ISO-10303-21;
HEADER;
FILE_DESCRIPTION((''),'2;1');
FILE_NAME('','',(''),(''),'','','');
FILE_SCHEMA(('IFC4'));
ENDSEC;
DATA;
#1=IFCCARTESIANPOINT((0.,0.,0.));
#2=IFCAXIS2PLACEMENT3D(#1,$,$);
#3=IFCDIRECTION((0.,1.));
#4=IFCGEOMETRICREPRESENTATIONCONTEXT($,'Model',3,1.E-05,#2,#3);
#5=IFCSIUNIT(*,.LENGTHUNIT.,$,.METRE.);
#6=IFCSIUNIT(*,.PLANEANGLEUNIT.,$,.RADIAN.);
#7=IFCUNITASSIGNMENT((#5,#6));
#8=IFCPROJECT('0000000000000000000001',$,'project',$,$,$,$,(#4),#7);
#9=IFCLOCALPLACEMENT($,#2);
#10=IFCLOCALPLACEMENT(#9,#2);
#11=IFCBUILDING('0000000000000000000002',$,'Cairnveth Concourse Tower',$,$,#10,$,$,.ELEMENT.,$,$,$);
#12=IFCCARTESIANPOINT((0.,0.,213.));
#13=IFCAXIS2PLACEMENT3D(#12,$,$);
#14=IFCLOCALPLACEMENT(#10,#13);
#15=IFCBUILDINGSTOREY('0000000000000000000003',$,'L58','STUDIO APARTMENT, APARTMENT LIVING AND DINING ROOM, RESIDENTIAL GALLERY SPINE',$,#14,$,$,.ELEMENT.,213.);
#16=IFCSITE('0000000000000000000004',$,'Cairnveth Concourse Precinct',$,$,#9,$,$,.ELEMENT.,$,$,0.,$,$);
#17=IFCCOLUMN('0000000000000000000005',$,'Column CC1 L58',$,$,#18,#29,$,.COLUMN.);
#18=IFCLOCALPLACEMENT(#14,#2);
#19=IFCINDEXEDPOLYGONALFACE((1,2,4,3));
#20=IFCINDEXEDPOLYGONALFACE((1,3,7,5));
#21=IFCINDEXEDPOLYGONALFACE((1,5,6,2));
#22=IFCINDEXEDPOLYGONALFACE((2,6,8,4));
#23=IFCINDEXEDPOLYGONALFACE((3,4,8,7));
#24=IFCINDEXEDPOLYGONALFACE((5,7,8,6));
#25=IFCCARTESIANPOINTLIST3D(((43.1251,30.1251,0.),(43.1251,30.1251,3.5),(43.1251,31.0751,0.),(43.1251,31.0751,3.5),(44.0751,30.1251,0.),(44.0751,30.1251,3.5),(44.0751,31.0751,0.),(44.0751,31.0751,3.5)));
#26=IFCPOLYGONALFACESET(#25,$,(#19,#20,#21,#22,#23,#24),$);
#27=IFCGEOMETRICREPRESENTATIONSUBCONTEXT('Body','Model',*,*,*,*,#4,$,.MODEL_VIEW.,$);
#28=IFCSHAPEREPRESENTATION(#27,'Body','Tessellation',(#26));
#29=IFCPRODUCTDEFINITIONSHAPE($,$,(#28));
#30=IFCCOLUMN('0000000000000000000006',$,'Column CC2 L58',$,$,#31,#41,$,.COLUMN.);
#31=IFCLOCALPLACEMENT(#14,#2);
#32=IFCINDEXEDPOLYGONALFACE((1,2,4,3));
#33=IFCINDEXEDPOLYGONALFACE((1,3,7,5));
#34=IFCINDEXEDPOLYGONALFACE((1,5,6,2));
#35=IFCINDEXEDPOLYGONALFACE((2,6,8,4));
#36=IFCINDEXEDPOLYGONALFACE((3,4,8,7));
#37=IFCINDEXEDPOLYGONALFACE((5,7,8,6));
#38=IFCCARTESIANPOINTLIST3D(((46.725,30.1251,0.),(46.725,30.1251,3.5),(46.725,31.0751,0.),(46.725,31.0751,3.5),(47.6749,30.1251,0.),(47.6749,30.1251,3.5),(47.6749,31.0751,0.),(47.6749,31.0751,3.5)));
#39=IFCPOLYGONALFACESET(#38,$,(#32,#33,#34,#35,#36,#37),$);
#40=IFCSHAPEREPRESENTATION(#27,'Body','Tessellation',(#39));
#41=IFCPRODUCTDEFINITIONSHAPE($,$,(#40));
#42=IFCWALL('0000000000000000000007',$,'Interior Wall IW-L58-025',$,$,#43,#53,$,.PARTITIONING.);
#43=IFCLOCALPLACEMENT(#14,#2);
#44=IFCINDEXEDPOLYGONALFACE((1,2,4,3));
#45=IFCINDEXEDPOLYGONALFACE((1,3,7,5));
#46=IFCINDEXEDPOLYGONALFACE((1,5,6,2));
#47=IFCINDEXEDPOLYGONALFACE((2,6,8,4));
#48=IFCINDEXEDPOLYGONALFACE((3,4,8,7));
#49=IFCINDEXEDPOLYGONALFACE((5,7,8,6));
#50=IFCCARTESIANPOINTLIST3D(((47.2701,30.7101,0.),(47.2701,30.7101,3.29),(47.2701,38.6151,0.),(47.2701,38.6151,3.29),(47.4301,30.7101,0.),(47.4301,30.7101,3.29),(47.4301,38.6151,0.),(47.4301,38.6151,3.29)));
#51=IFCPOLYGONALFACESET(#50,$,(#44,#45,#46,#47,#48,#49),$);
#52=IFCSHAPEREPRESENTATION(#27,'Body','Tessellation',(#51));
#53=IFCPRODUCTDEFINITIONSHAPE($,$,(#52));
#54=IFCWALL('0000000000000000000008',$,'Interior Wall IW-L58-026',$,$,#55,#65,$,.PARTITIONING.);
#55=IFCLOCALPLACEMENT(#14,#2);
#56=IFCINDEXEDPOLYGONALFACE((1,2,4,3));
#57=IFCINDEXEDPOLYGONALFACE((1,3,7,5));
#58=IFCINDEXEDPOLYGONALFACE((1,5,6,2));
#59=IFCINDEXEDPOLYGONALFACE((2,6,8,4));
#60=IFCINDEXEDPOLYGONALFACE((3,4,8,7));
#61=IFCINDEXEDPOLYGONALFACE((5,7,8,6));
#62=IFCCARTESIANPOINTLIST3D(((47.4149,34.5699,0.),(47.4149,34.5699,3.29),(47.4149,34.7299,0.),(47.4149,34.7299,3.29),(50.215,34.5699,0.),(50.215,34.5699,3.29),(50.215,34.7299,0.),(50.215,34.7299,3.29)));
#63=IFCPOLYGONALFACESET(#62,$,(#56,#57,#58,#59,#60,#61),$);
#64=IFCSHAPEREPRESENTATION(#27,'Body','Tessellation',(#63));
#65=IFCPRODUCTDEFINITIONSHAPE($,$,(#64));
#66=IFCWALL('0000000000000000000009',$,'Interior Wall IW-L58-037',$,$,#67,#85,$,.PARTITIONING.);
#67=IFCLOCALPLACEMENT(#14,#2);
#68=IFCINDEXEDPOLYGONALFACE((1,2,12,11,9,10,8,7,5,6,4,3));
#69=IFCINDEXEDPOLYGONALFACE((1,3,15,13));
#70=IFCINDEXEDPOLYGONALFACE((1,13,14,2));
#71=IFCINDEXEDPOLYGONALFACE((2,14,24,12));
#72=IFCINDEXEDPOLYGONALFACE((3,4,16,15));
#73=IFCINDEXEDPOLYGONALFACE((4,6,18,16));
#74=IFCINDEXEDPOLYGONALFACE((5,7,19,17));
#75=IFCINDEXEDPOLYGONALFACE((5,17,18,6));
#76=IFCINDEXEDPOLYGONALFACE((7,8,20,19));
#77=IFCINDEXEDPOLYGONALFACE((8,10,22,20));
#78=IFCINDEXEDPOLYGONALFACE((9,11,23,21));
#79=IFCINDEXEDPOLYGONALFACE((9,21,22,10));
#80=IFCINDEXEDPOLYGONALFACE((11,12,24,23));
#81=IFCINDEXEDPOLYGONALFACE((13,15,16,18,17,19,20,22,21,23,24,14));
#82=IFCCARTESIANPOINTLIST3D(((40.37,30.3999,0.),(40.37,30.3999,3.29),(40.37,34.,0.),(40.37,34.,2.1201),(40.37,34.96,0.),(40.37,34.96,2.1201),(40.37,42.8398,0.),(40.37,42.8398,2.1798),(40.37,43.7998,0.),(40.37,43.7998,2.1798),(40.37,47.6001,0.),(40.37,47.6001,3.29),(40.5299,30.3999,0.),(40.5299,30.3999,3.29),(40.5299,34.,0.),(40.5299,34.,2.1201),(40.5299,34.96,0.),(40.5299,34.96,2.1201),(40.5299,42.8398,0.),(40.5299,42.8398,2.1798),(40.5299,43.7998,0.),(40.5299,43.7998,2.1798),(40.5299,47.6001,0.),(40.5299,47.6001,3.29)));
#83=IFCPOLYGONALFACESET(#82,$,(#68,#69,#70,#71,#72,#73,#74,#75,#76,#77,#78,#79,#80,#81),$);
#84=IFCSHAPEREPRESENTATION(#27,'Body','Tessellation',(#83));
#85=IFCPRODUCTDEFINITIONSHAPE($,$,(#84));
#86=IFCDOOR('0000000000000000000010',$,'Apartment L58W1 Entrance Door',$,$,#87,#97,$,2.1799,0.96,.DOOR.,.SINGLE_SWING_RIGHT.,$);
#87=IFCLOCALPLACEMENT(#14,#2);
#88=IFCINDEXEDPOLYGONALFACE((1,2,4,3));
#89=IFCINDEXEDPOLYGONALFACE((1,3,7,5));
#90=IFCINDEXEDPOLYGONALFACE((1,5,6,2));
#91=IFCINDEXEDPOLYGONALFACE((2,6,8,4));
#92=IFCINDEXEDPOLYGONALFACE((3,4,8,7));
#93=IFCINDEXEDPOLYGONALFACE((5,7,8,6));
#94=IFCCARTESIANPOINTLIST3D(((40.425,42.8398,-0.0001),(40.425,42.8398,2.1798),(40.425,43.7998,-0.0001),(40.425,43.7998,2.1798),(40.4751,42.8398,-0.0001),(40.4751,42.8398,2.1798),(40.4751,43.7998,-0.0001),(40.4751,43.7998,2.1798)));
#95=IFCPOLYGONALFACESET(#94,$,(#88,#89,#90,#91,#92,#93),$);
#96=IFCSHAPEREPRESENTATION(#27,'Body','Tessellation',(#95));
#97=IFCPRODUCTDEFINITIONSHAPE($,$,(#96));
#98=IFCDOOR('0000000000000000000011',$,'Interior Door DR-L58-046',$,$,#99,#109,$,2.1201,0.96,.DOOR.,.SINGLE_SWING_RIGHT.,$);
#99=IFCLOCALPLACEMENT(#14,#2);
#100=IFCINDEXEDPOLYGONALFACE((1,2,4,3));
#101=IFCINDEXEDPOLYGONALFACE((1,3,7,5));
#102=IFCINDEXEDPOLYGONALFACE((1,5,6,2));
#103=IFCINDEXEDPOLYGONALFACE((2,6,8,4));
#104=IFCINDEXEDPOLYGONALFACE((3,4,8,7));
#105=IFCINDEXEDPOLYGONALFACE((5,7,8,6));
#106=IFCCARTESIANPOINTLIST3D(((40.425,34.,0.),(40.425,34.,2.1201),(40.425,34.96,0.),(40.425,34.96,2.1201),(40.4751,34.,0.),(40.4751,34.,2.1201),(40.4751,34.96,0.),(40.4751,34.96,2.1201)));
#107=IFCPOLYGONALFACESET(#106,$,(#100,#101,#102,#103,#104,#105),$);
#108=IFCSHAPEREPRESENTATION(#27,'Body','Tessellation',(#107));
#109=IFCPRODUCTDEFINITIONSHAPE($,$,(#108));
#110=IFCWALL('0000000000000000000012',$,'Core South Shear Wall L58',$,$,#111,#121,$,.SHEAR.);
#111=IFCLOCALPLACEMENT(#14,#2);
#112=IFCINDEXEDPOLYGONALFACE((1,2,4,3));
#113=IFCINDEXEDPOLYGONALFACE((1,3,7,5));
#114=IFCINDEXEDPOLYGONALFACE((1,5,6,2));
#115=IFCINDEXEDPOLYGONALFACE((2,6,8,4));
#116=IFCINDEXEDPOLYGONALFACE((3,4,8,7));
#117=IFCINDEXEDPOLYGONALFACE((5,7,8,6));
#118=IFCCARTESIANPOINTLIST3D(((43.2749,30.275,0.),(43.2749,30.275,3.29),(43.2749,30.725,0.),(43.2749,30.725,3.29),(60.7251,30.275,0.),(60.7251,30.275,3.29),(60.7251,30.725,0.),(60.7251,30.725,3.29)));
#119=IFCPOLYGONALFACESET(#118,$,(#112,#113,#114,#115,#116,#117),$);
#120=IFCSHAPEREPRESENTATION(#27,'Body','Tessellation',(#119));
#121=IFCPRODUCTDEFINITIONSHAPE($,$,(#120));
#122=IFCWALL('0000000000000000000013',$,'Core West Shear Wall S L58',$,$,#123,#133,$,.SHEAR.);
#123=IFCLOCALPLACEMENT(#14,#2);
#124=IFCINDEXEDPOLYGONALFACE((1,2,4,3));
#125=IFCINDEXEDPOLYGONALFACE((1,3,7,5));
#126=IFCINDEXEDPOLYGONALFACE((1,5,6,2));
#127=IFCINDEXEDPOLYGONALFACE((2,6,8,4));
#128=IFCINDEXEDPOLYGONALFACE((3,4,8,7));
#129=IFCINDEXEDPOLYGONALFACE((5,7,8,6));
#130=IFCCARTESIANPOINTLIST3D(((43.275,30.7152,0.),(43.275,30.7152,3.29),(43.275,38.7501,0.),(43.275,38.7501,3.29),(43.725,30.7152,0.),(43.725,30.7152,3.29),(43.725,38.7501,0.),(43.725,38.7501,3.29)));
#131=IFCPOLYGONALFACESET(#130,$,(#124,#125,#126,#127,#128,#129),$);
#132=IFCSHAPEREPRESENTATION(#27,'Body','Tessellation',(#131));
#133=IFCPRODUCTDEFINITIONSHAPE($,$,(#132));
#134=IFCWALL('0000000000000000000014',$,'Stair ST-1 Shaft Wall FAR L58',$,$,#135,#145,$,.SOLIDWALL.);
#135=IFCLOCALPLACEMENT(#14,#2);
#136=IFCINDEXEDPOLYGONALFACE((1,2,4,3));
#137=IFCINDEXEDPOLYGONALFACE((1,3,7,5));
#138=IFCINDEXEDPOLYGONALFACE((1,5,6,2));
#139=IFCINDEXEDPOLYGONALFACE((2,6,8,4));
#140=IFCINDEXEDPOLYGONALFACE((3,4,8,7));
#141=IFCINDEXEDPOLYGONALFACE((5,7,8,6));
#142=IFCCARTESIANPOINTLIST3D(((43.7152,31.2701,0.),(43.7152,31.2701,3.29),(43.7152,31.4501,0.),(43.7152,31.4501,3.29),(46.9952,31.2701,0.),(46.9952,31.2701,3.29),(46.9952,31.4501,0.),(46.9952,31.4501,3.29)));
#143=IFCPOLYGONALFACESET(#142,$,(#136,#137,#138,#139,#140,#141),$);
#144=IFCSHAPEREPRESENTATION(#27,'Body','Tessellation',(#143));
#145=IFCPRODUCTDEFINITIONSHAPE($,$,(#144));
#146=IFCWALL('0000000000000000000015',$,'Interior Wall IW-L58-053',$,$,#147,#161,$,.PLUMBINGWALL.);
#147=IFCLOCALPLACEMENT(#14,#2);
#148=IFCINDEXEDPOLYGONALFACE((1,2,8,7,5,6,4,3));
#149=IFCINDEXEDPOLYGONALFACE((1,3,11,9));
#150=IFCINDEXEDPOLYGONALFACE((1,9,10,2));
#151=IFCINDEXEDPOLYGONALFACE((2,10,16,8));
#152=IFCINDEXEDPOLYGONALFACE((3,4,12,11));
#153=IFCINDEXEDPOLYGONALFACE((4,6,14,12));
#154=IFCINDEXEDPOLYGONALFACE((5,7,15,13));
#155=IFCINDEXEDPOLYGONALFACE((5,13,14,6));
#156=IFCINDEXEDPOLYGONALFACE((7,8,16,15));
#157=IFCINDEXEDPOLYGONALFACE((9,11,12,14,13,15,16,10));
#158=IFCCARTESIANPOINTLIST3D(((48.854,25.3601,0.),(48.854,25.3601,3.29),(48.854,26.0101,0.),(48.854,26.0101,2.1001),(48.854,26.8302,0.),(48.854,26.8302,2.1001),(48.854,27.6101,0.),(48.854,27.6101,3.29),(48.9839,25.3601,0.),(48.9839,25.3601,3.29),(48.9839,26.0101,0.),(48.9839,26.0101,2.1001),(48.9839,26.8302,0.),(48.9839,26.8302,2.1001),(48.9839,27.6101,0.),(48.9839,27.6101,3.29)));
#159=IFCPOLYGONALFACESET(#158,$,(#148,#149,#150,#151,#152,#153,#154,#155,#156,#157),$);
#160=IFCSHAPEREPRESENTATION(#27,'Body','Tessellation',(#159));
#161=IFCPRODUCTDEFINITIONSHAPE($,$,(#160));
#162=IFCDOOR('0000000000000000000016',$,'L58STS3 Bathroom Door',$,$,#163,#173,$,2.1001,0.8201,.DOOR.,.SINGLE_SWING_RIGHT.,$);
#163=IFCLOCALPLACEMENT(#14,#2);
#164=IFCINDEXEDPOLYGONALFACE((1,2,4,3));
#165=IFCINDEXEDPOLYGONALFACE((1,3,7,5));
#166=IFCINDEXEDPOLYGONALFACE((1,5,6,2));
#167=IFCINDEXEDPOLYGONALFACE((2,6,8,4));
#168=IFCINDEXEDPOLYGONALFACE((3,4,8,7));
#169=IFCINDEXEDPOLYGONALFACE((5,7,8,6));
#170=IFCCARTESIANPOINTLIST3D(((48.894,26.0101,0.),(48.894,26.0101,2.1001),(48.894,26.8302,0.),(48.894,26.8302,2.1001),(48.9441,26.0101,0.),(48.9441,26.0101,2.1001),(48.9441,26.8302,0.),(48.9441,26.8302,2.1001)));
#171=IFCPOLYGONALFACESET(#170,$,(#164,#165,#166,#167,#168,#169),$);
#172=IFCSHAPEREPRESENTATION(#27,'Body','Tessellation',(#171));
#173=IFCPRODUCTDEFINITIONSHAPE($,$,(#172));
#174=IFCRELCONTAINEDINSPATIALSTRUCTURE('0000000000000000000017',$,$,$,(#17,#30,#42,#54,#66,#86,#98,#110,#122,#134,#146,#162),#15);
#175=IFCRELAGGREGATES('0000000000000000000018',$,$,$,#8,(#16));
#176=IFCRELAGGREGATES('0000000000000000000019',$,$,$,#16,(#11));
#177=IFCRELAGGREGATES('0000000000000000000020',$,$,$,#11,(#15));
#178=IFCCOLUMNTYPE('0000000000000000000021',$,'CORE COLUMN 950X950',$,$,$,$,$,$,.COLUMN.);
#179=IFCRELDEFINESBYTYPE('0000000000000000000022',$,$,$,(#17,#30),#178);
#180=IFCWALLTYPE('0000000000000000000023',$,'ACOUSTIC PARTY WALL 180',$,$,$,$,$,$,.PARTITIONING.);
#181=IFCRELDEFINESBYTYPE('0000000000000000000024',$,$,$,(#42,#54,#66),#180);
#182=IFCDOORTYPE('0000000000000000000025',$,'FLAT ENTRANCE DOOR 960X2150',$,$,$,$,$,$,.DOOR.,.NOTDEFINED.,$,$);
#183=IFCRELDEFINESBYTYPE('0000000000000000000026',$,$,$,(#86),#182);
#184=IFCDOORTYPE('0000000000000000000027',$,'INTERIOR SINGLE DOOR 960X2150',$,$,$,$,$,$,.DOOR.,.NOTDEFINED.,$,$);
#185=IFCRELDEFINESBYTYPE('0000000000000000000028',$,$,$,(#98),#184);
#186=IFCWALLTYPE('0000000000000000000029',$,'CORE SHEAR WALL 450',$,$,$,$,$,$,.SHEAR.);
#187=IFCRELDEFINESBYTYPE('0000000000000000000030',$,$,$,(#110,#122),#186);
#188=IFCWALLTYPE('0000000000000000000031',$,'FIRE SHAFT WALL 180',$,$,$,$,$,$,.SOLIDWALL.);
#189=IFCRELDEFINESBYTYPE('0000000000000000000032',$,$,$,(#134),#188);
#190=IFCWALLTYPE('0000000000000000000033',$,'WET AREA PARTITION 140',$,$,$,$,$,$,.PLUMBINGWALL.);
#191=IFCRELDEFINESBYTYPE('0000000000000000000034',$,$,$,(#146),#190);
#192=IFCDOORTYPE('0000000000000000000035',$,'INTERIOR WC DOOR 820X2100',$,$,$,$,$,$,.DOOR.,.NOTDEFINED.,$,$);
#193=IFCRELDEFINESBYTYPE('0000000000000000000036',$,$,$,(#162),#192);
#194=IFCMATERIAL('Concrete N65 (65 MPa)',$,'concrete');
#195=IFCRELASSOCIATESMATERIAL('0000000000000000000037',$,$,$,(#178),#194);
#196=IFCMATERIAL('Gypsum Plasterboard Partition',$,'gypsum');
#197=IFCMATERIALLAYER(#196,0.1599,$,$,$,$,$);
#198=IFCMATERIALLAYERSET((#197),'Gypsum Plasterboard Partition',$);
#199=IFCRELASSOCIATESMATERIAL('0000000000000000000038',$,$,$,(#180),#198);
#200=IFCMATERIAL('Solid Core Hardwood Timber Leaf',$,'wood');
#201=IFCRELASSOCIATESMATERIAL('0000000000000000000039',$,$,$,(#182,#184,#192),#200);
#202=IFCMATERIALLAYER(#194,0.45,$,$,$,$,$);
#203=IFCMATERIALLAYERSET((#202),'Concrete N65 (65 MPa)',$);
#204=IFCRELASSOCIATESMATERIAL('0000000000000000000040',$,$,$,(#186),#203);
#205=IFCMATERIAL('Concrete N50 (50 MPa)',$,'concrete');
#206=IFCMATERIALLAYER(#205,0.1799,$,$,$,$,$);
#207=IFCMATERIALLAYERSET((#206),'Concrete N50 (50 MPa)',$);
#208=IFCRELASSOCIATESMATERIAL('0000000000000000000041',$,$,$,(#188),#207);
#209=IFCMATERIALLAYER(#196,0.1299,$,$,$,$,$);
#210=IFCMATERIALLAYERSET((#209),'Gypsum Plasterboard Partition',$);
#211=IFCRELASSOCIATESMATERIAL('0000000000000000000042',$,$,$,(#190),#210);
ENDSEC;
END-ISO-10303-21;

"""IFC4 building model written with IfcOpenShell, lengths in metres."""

from ifc_helpers import new_model, si_unit, direction, frame, frame_2d, origin, origin_2d, place, context, subcontext, project, spatial, rectangle, extrude, material, layer, layer_set, material_profile, profile_set, type_object, element, fill, save


model = new_model("IFC4")

# Units and contexts
model_context = context("Model", 3, precision=1e-05, world=origin(), true_north=direction((0.0, 1.0)))
body_context = subcontext(model_context, "Body", "Model", "MODEL_VIEW")
ifc_project = project(units=[si_unit("LENGTHUNIT", "METRE"), si_unit("PLANEANGLEUNIT", "RADIAN")], contexts=[model_context])

# Site, building, storey
site_placement = place(None, origin())
site = spatial("IfcSite", under=ifc_project, at=site_placement, Name="Cairnveth Concourse Precinct", CompositionType="ELEMENT", RefElevation=0.0)
building_placement = place(site_placement, origin())
building = spatial("IfcBuilding", under=site, at=building_placement, Name="Cairnveth Concourse Tower", CompositionType="ELEMENT")
storey_placement = place(building_placement, frame((0.0, 0.0, 213.0)))
storey = spatial("IfcBuildingStorey", under=building, at=storey_placement, Name="L58", Description="STUDIO APARTMENT, APARTMENT LIVING AND DINING ROOM, RESIDENTIAL GALLERY SPINE", CompositionType="ELEMENT", Elevation=213.0)

# Columns
ifc_material_1 = material(Name="Concrete N65 (65 MPa)", Category="concrete")
ifc_material_profile = material_profile(ifc_material_1, rectangle(XDim=0.95, YDim=0.95, at=origin_2d()), Name="RC-COL-950x950")
ifc_profile_set = profile_set([ifc_material_profile], Name="Concrete N65 (65 MPa)")
column_type = type_object("IfcColumnType", Name="CORE COLUMN 950X950", PredefinedType="COLUMN", material=ifc_profile_set)
for number, where, z_axis, x_axis, name in (
    (1, (43.6001, 30.6001, 0.0), (0.0, 0.0, 1.0), (1.0, 0.0, 0.0), "Column CC1 L58"),
    (2, (47.2, 30.6001, 0.0), (0.0, 0.0, 1.0), (1.0, 0.0, 0.0), "Column CC2 L58"),
):
    element("IfcColumn", number, at=place(storey_placement, frame(where, z_axis=z_axis, x_axis=x_axis)), inside=storey, type_object=column_type, Name=name, PredefinedType="COLUMN", context=body_context, shape_type="SweptSolid", body=[
        extrude(rectangle(XDim=0.95, YDim=0.95, at=origin_2d()), origin(), (0.0, 0.0, 1.0), 3.5),
    ])

# Walls
ifc_material_2 = material(Name="Gypsum Plasterboard Partition", Category="gypsum")
ifc_layer_1 = layer(ifc_material_2, 0.1599)
ifc_layer_set_1 = layer_set([ifc_layer_1], Name="Gypsum Plasterboard Partition")
wall_type_1 = type_object("IfcWallType", Name="ACOUSTIC PARTY WALL 180", PredefinedType="PARTITIONING", material=ifc_layer_set_1)
wall_1_placement = place(storey_placement, frame((47.3501, 30.71, 0.0), z_axis=(0.0, 0.0, 1.0), x_axis=(0.0, 1.0, 0.0)))
element("IfcWall", 3, at=wall_1_placement, inside=storey, type_object=wall_type_1, Name="Interior Wall IW-L58-025", PredefinedType="PARTITIONING", context=body_context, shape_type="SweptSolid", body=[
    extrude(rectangle(XDim=7.905, YDim=0.1599, at=frame_2d((3.9526, 0.0))), origin(), (0.0, 0.0, 1.0), 3.29),
])
wall_2_placement = place(storey_placement, frame((47.415, 34.6499, 0.0), z_axis=(0.0, 0.0, 1.0), x_axis=(1.0, 0.0, 0.0)))
element("IfcWall", 4, at=wall_2_placement, inside=storey, type_object=wall_type_1, Name="Interior Wall IW-L58-026", PredefinedType="PARTITIONING", context=body_context, shape_type="SweptSolid", body=[
    extrude(rectangle(XDim=2.8, YDim=0.1599, at=frame_2d((1.3999, 0.0))), origin(), (0.0, 0.0, 1.0), 3.29),
])

# Wall, openings, doors
wall_3_placement = place(storey_placement, frame((40.45, 30.3999, 0.0), z_axis=(0.0, 0.0, 1.0), x_axis=(0.0, 1.0, 0.0)))
wall_3 = element("IfcWall", 5, at=wall_3_placement, inside=storey, type_object=wall_type_1, Name="Interior Wall IW-L58-037", PredefinedType="PARTITIONING", context=body_context, shape_type="SweptSolid", body=[
    extrude(rectangle(XDim=17.2002, YDim=0.1599, at=frame_2d((8.6001, 0.0))), origin(), (0.0, 0.0, 1.0), 3.29),
])
opening_1_placement = place(wall_3_placement, frame((3.6001, 0.0, 0.0)))
opening_1 = element("IfcOpeningElement", 6, at=opening_1_placement, cuts=wall_3, PredefinedType="OPENING", context=body_context, shape_type="SweptSolid", body=[
    extrude(rectangle(XDim=0.96, YDim=2.1201, at=frame_2d((0.48, 1.0601))), frame((0.0, 0.0898, 0.0), z_axis=(0.0, -1.0, 0.0), x_axis=(1.0, 0.0, 0.0)), (0.0, 0.0, 1.0), 0.1799),
])
opening_2_placement = place(wall_3_placement, frame((12.4399, 0.0, 0.0)))
opening_2 = element("IfcOpeningElement", 7, at=opening_2_placement, cuts=wall_3, PredefinedType="OPENING", context=body_context, shape_type="SweptSolid", body=[
    extrude(rectangle(XDim=0.96, YDim=2.1799, at=frame_2d((0.48, 1.0898))), frame((0.0, 0.0898, 0.0), z_axis=(0.0, -1.0, 0.0), x_axis=(1.0, 0.0, 0.0)), (0.0, 0.0, 1.0), 0.1799),
])
ifc_material_3 = material(Name="Solid Core Hardwood Timber Leaf", Category="wood")
door_type_1 = type_object("IfcDoorType", Name="FLAT ENTRANCE DOOR 960X2150", OperationType="NOTDEFINED", PredefinedType="DOOR", material=ifc_material_3)
door_1_placement = place(opening_2_placement, origin())
door_1 = element("IfcDoor", 8, at=door_1_placement, inside=storey, type_object=door_type_1, Name="Apartment L58W1 Entrance Door", OperationType="SINGLE_SWING_RIGHT", OverallHeight=2.1799, OverallWidth=0.96, PredefinedType="DOOR", context=body_context, shape_type="SweptSolid", body=[
    extrude(rectangle(XDim=0.96, YDim=2.1799, at=frame_2d((0.48, 1.0898))), frame((0.0, 0.0249, 0.0), z_axis=(0.0, -1.0, 0.0), x_axis=(1.0, 0.0, 0.0)), (0.0, 0.0, 1.0), 0.05),
])
fill(opening_2, door_1)
door_type_2 = type_object("IfcDoorType", Name="INTERIOR SINGLE DOOR 960X2150", OperationType="NOTDEFINED", PredefinedType="DOOR", material=ifc_material_3)
door_2_placement = place(opening_1_placement, origin())
door_2 = element("IfcDoor", 9, at=door_2_placement, inside=storey, type_object=door_type_2, Name="Interior Door DR-L58-046", OperationType="SINGLE_SWING_RIGHT", OverallHeight=2.1201, OverallWidth=0.96, PredefinedType="DOOR", context=body_context, shape_type="SweptSolid", body=[
    extrude(rectangle(XDim=0.96, YDim=2.1201, at=frame_2d((0.48, 1.0601))), frame((0.0, 0.0249, 0.0), z_axis=(0.0, -1.0, 0.0), x_axis=(1.0, 0.0, 0.0)), (0.0, 0.0, 1.0), 0.05),
])
fill(opening_1, door_2)

# Walls
ifc_layer_2 = layer(ifc_material_1, 0.45)
ifc_layer_set_2 = layer_set([ifc_layer_2], Name="Concrete N65 (65 MPa)")
wall_type_2 = type_object("IfcWallType", Name="CORE SHEAR WALL 450", PredefinedType="SHEAR", material=ifc_layer_set_2)
wall_4_placement = place(storey_placement, frame((43.2749, 30.5, 0.0), z_axis=(0.0, 0.0, 1.0), x_axis=(1.0, 0.0, 0.0)))
element("IfcWall", 10, at=wall_4_placement, inside=storey, type_object=wall_type_2, Name="Core South Shear Wall L58", PredefinedType="SHEAR", context=body_context, shape_type="SweptSolid", body=[
    extrude(rectangle(XDim=17.4502, YDim=0.45, at=frame_2d((8.7251, 0.0))), origin(), (0.0, 0.0, 1.0), 3.29),
])
wall_5_placement = place(storey_placement, frame((43.5, 30.7151, 0.0), z_axis=(0.0, 0.0, 1.0), x_axis=(0.0, 1.0, 0.0)))
element("IfcWall", 11, at=wall_5_placement, inside=storey, type_object=wall_type_2, Name="Core West Shear Wall S L58", PredefinedType="SHEAR", context=body_context, shape_type="SweptSolid", body=[
    extrude(rectangle(XDim=8.0349, YDim=0.45, at=frame_2d((4.0176, 0.0))), origin(), (0.0, 0.0, 1.0), 3.29),
])
ifc_material_4 = material(Name="Concrete N50 (50 MPa)", Category="concrete")
ifc_layer_3 = layer(ifc_material_4, 0.1799)
ifc_layer_set_3 = layer_set([ifc_layer_3], Name="Concrete N50 (50 MPa)")
wall_type_3 = type_object("IfcWallType", Name="FIRE SHAFT WALL 180", PredefinedType="SOLIDWALL", material=ifc_layer_set_3)
wall_6_placement = place(storey_placement, frame((43.7151, 31.3601, 0.0), z_axis=(0.0, 0.0, 1.0), x_axis=(1.0, 0.0, 0.0)))
element("IfcWall", 12, at=wall_6_placement, inside=storey, type_object=wall_type_3, Name="Stair ST-1 Shaft Wall FAR L58", PredefinedType="SOLIDWALL", context=body_context, shape_type="SweptSolid", body=[
    extrude(rectangle(XDim=3.28, YDim=0.1799, at=frame_2d((1.6401, 0.0))), origin(), (0.0, 0.0, 1.0), 3.29),
])

# Wall, opening, door
ifc_layer_4 = layer(ifc_material_2, 0.1299)
ifc_layer_set_4 = layer_set([ifc_layer_4], Name="Gypsum Plasterboard Partition")
wall_type_4 = type_object("IfcWallType", Name="WET AREA PARTITION 140", PredefinedType="PLUMBINGWALL", material=ifc_layer_set_4)
wall_7_placement = place(storey_placement, frame((48.9189, 25.3601, 0.0), z_axis=(0.0, 0.0, 1.0), x_axis=(0.0, 1.0, 0.0)))
wall_7 = element("IfcWall", 13, at=wall_7_placement, inside=storey, type_object=wall_type_4, Name="Interior Wall IW-L58-053", PredefinedType="PLUMBINGWALL", context=body_context, shape_type="SweptSolid", body=[
    extrude(rectangle(XDim=2.25, YDim=0.1299, at=frame_2d((1.125, 0.0))), origin(), (0.0, 0.0, 1.0), 3.29),
])
opening_3_placement = place(wall_7_placement, frame((0.6499, 0.0, 0.0)))
opening_3 = element("IfcOpeningElement", 14, at=opening_3_placement, cuts=wall_7, PredefinedType="OPENING", context=body_context, shape_type="SweptSolid", body=[
    extrude(rectangle(XDim=0.8201, YDim=2.1001, at=frame_2d((0.4102, 1.05))), frame((0.0, 0.075, 0.0), z_axis=(0.0, -1.0, 0.0), x_axis=(1.0, 0.0, 0.0)), (0.0, 0.0, 1.0), 0.1499),
])
door_type_3 = type_object("IfcDoorType", Name="INTERIOR WC DOOR 820X2100", OperationType="NOTDEFINED", PredefinedType="DOOR", material=ifc_material_3)
door_3_placement = place(opening_3_placement, origin())
door_3 = element("IfcDoor", 15, at=door_3_placement, inside=storey, type_object=door_type_3, Name="L58STS3 Bathroom Door", OperationType="SINGLE_SWING_RIGHT", OverallHeight=2.1001, OverallWidth=0.8201, PredefinedType="DOOR", context=body_context, shape_type="SweptSolid", body=[
    extrude(rectangle(XDim=0.8201, YDim=2.1001, at=frame_2d((0.4102, 1.05))), frame((0.0, 0.0249, 0.0), z_axis=(0.0, -1.0, 0.0), x_axis=(1.0, 0.0, 0.0)), (0.0, 0.0, 1.0), 0.05),
])
fill(opening_3, door_3)

save(model, "model.ifc")
